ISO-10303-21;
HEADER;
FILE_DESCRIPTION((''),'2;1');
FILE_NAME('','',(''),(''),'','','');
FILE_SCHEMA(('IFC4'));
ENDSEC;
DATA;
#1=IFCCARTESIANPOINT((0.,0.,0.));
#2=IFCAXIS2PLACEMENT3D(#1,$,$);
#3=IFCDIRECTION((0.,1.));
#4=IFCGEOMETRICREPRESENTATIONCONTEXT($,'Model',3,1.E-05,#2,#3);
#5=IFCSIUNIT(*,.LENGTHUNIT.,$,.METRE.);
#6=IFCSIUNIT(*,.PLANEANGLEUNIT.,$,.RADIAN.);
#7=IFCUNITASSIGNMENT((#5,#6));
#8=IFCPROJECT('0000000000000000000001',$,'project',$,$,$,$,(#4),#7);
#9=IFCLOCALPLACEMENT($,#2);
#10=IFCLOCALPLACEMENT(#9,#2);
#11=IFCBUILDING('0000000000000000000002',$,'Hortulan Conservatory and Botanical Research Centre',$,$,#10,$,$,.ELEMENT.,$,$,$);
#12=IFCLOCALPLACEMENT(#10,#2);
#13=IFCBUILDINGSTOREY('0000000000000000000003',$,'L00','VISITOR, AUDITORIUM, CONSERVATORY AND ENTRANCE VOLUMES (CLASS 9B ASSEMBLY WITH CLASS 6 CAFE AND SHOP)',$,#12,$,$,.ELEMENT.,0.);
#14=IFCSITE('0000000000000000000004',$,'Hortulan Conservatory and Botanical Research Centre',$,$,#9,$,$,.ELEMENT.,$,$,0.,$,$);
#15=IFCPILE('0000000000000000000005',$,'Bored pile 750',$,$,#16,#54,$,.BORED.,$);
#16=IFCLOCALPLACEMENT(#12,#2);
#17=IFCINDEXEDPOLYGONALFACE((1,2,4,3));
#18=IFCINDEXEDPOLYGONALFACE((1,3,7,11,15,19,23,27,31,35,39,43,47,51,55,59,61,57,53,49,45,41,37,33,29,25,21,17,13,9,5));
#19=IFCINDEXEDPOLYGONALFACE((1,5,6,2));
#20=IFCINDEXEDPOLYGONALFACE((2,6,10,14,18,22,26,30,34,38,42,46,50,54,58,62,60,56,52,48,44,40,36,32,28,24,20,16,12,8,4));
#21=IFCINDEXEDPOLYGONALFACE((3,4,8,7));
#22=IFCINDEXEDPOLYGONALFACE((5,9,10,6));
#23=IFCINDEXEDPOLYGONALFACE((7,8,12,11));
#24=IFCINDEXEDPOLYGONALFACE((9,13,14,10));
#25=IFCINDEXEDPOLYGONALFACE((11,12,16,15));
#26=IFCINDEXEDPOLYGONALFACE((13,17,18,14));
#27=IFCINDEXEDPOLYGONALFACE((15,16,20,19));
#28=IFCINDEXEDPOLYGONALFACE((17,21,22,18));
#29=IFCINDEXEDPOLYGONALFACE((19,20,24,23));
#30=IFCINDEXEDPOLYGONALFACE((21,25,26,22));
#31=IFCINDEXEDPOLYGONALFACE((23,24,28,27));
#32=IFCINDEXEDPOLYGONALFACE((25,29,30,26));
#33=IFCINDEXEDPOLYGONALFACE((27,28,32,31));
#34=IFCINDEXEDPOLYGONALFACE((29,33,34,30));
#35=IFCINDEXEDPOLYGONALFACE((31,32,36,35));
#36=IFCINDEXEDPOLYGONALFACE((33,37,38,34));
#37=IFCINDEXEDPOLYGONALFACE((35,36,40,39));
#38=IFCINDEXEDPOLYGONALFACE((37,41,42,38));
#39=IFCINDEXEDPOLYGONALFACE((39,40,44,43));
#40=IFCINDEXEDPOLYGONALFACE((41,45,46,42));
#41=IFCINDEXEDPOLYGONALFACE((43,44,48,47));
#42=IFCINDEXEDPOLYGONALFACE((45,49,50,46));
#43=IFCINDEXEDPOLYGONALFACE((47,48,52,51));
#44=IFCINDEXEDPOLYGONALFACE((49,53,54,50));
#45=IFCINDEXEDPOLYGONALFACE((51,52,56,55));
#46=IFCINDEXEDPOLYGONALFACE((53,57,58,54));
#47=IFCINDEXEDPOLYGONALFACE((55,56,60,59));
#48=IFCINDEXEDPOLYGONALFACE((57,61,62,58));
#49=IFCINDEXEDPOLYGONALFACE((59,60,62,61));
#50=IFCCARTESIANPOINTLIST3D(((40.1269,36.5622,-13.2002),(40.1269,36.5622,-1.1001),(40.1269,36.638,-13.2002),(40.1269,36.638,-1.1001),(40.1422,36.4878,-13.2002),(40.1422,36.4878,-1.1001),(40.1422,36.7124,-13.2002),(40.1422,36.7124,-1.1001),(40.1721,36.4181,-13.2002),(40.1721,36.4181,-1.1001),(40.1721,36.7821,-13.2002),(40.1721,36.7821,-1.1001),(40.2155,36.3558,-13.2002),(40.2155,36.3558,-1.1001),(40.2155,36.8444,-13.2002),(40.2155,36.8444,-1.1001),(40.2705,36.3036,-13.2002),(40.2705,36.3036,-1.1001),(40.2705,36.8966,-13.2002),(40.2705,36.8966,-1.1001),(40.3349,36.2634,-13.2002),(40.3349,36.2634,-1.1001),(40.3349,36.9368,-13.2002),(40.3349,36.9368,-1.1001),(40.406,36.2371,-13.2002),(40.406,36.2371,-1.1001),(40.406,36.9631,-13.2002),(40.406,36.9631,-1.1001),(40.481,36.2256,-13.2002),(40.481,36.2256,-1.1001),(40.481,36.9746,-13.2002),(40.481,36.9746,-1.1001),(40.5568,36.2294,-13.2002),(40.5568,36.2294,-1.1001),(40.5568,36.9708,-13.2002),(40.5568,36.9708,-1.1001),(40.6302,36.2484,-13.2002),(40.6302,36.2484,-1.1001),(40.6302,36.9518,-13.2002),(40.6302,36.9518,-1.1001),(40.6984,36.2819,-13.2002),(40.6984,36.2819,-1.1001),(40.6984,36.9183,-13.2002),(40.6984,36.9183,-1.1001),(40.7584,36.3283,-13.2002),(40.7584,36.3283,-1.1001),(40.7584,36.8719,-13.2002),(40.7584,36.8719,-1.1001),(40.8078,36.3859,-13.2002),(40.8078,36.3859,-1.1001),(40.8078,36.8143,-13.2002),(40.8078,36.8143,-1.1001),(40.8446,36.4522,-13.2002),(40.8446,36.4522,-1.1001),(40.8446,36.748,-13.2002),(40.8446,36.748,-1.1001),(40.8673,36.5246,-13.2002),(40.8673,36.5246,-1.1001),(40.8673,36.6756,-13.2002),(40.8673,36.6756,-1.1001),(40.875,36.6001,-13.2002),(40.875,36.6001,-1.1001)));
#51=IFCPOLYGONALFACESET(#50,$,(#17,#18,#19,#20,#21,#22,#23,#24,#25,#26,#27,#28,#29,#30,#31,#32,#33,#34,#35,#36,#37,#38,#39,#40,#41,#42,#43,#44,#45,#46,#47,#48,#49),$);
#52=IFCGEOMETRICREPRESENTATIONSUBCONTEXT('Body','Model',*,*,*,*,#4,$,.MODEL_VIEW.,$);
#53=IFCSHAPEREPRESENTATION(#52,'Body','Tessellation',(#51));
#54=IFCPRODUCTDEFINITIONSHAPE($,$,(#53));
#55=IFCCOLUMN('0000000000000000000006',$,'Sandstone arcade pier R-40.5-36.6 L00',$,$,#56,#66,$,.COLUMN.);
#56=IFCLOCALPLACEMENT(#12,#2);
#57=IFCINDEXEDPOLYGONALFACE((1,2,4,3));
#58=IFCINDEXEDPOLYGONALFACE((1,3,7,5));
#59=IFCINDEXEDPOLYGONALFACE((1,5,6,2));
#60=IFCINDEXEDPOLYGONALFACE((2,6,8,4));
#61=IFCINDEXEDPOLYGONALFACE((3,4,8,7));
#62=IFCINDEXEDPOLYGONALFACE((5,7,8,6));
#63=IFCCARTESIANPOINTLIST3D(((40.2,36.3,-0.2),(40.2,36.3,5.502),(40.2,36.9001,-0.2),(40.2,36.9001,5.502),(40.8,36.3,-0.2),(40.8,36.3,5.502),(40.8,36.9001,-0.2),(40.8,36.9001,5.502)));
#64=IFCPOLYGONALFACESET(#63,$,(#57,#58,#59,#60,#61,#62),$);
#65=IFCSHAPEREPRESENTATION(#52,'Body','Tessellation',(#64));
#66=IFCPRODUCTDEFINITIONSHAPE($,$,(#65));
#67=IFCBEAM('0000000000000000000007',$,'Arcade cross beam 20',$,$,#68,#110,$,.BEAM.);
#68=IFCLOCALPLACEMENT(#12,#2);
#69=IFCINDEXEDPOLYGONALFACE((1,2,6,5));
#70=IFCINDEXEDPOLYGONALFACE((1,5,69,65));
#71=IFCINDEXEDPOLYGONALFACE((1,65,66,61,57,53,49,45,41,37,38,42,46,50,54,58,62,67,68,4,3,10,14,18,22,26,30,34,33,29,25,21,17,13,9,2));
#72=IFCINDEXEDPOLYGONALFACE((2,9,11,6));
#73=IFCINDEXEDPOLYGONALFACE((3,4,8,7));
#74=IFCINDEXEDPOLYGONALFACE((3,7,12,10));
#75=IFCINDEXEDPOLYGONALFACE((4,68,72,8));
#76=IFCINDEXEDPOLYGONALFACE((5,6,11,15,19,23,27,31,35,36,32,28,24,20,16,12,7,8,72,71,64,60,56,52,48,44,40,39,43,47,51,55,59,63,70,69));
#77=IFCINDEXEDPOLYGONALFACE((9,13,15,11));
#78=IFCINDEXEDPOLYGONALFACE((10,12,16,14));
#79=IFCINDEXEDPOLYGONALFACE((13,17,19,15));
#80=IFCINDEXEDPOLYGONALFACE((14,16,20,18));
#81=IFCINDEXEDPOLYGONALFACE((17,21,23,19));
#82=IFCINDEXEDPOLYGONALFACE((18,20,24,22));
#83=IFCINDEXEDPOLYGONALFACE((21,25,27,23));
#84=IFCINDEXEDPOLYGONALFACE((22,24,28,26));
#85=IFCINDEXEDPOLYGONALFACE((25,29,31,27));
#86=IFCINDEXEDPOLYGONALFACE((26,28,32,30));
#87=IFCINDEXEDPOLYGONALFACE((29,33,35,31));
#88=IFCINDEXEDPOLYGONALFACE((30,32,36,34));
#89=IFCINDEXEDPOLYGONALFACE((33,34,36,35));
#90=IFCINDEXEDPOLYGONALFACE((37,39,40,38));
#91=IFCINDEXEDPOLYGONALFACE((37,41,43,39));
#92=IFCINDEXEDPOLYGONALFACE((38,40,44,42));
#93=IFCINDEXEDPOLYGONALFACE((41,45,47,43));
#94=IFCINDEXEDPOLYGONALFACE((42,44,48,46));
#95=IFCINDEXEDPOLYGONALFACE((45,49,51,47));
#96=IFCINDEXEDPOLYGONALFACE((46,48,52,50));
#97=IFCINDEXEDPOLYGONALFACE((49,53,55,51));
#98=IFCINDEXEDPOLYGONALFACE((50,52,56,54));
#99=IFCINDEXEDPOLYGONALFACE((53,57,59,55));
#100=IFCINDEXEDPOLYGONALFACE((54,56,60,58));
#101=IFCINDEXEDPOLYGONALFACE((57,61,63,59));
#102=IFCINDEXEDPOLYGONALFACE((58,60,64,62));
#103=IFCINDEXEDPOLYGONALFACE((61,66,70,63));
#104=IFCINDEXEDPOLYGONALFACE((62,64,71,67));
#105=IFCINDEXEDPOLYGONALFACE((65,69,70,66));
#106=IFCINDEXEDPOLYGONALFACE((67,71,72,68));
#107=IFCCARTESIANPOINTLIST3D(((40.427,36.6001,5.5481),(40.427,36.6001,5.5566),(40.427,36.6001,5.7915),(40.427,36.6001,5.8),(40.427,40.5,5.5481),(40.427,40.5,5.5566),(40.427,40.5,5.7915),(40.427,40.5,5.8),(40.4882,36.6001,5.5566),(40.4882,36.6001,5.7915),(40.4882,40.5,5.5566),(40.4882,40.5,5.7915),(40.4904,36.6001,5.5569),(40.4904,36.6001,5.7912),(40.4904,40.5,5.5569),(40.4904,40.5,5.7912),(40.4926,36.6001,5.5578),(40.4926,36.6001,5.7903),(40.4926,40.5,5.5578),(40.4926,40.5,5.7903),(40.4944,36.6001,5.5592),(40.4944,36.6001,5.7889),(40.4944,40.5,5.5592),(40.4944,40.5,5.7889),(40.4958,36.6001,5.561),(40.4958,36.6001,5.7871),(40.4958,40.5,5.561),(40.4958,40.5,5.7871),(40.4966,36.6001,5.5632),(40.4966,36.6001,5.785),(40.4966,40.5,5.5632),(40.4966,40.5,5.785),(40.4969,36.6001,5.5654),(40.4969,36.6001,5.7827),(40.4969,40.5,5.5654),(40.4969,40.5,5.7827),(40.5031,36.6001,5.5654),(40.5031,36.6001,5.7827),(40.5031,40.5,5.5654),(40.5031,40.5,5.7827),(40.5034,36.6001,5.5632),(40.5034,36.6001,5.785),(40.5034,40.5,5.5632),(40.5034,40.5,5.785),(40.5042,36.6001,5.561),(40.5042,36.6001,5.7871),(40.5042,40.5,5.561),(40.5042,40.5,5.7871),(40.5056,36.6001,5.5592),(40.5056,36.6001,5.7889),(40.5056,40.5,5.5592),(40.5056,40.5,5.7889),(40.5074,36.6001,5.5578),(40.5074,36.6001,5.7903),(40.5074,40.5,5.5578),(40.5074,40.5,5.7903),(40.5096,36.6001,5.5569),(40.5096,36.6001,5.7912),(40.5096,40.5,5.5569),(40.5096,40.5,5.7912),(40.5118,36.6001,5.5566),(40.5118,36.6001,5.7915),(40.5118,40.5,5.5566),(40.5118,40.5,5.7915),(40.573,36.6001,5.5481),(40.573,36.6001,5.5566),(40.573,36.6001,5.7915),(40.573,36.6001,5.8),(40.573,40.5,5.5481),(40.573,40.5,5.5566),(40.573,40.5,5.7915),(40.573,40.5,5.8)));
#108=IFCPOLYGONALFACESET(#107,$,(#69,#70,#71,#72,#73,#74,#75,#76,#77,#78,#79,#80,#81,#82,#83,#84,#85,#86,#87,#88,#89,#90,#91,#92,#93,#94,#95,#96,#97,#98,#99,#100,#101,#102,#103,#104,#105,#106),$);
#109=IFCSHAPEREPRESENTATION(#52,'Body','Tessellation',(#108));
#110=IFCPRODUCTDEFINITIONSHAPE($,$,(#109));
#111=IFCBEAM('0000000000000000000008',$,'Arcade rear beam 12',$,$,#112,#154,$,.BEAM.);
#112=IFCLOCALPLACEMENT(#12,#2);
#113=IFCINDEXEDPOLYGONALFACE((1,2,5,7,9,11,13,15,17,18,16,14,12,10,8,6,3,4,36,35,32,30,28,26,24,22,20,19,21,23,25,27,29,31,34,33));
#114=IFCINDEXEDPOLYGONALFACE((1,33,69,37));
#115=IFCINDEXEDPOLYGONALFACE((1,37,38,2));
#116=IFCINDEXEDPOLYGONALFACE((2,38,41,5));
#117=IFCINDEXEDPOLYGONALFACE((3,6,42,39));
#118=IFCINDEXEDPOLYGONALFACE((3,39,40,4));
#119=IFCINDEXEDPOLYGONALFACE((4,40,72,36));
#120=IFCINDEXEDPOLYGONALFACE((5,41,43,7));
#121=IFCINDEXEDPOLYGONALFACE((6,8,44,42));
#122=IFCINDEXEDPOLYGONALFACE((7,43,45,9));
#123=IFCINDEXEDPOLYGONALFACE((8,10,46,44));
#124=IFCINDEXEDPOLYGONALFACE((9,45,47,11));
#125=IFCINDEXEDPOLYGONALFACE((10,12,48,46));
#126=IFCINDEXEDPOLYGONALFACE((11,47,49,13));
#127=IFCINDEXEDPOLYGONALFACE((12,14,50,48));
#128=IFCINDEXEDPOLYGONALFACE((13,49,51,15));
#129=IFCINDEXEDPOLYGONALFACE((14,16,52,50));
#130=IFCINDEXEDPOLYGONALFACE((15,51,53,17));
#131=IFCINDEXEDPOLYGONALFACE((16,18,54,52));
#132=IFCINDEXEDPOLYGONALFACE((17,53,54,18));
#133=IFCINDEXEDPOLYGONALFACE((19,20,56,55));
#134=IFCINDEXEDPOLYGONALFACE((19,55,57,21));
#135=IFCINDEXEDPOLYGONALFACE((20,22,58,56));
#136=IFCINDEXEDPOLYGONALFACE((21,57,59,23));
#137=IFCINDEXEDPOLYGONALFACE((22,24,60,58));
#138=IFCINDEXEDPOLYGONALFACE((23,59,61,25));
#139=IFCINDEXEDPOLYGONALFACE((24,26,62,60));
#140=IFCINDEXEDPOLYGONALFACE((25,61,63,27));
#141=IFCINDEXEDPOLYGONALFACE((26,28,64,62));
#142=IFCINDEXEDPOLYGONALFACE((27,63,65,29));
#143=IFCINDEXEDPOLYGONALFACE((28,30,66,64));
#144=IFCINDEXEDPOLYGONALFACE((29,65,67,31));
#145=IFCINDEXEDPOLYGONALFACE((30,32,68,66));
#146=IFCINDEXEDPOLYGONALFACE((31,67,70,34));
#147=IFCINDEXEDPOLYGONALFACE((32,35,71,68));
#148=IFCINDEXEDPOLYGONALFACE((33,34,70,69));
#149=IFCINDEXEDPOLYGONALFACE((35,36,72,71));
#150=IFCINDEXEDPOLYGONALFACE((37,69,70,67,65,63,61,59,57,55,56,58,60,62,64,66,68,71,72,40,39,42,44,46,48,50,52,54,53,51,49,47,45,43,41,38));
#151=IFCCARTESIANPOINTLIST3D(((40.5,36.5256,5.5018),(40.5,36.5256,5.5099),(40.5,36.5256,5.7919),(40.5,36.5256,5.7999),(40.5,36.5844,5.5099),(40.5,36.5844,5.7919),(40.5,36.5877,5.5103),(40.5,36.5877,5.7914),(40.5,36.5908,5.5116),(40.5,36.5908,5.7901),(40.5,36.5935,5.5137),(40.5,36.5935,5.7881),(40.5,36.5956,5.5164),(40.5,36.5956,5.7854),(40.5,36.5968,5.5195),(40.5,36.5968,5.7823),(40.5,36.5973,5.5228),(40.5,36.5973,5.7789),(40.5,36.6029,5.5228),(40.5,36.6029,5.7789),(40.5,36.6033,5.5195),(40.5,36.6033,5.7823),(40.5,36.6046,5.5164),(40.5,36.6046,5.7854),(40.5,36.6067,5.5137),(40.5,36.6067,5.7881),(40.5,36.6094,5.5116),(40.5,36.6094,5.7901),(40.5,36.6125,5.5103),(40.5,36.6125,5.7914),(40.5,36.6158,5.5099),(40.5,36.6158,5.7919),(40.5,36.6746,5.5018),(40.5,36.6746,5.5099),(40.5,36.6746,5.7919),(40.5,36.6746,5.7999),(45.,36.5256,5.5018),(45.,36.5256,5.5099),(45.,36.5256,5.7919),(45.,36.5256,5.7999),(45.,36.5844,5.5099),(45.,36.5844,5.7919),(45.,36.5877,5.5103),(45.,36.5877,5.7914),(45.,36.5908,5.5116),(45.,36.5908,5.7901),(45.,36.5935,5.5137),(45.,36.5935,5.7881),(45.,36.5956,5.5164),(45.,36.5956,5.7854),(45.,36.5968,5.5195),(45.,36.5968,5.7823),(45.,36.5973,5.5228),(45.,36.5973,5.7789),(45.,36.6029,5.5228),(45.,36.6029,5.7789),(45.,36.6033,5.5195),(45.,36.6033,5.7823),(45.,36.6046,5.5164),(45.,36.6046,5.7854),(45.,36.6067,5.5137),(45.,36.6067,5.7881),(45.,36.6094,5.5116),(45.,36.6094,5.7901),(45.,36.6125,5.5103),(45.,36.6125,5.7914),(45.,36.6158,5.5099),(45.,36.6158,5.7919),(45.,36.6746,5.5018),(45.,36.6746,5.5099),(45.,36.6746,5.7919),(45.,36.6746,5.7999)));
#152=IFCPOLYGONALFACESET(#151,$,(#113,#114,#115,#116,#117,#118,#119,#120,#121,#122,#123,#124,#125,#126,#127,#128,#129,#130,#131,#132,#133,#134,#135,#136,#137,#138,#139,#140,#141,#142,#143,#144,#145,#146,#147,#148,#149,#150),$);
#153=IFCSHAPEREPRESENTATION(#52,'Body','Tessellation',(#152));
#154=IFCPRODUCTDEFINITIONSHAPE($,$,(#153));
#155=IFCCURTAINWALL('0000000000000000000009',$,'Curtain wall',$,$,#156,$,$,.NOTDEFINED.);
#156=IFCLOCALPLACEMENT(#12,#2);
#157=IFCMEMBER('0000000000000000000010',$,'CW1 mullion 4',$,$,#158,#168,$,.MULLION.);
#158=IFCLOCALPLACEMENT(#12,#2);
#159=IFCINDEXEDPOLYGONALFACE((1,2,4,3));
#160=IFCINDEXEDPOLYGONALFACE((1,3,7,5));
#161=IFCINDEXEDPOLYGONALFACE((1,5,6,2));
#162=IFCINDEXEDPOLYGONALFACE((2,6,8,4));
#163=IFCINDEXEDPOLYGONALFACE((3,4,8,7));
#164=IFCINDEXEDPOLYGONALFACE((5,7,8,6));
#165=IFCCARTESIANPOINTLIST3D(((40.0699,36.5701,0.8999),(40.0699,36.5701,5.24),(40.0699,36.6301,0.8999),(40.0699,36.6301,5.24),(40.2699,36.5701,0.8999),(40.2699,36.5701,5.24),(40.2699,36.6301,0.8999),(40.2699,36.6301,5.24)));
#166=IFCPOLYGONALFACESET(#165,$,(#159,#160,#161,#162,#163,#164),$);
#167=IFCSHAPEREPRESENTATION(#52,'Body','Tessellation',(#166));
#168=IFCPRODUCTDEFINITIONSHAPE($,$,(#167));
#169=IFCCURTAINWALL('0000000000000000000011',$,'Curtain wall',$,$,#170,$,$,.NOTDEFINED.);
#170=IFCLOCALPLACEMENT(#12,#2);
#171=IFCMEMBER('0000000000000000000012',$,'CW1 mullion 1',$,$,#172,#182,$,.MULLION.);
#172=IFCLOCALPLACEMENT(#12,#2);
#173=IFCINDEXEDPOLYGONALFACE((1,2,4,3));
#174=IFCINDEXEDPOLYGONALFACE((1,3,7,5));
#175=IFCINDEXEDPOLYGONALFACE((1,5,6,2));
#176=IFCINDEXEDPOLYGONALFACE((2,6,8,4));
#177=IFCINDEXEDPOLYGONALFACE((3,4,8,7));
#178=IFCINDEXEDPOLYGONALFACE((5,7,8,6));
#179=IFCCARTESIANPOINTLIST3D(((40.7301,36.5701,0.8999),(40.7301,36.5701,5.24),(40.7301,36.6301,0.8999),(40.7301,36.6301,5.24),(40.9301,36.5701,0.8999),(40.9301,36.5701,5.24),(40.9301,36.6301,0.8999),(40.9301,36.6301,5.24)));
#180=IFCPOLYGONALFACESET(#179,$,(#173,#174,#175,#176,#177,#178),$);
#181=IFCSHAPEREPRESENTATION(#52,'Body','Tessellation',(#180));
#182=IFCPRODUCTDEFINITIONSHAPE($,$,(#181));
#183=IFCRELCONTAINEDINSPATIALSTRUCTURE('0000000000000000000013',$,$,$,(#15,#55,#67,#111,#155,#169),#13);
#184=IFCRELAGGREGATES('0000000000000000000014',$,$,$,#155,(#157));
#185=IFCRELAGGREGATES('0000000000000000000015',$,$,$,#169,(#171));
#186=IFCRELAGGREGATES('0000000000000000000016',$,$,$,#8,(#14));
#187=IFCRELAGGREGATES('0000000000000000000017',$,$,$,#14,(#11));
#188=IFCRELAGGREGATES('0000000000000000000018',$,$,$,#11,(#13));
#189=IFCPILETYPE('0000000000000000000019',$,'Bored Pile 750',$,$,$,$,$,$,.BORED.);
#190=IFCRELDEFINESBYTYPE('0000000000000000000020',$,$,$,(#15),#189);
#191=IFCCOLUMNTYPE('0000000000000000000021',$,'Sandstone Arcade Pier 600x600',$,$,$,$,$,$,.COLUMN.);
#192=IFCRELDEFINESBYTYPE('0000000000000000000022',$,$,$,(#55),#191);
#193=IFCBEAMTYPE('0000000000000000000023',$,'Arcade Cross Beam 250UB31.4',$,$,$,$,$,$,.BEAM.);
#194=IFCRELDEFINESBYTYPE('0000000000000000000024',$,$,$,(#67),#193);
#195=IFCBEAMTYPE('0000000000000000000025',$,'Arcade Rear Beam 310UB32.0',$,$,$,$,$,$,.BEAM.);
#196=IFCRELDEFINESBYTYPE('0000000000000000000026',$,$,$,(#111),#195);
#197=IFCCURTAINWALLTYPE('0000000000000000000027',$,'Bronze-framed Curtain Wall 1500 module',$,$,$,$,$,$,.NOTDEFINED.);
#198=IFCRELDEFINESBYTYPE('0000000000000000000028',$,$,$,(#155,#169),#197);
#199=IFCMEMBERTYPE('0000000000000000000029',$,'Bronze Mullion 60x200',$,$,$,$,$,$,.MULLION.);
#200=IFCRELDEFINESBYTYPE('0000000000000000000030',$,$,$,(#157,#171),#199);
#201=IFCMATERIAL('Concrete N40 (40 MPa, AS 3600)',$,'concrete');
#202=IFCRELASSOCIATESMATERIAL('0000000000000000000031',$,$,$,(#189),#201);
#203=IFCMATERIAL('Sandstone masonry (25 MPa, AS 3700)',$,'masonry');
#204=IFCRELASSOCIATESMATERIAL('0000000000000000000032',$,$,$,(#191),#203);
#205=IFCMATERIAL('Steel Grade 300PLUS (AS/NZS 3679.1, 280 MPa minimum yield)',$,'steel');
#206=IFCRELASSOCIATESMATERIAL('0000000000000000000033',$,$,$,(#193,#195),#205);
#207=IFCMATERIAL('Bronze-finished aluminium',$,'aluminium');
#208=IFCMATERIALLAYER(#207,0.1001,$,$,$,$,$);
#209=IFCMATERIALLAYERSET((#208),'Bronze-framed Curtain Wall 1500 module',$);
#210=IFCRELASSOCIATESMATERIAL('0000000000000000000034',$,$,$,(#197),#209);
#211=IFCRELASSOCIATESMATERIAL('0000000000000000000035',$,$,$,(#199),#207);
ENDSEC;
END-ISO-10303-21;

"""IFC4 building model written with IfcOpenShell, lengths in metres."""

from ifc_helpers import new_model, si_unit, direction, frame, origin, origin_2d, place, context, subcontext, project, spatial, rectangle, circle, i_section, extrude, material, layer, layer_set, material_profile, profile_set, type_object, element, aggregate, save


model = new_model("IFC4")

# Units and contexts
model_context = context("Model", 3, precision=1e-05, world=origin(), true_north=direction((0.0, 1.0)))
body_context = subcontext(model_context, "Body", "Model", "MODEL_VIEW")
ifc_project = project(units=[si_unit("LENGTHUNIT", "METRE"), si_unit("PLANEANGLEUNIT", "RADIAN")], contexts=[model_context])

# Site, building, storey
site_placement = place(None, origin())
site = spatial("IfcSite", under=ifc_project, at=site_placement, Name="Hortulan Conservatory and Botanical Research Centre", CompositionType="ELEMENT", RefElevation=0.0)
building_placement = place(site_placement, origin())
building = spatial("IfcBuilding", under=site, at=building_placement, Name="Hortulan Conservatory and Botanical Research Centre", CompositionType="ELEMENT")
storey_placement = place(building_placement, origin())
storey = spatial("IfcBuildingStorey", under=building, at=storey_placement, Name="L00", Description="VISITOR, AUDITORIUM, CONSERVATORY AND ENTRANCE VOLUMES (CLASS 9B ASSEMBLY WITH CLASS 6 CAFE AND SHOP)", CompositionType="ELEMENT", Elevation=0.0)

# Pile
ifc_material_1 = material(Name="Concrete N40 (40 MPa, AS 3600)", Category="concrete")
ifc_material_profile_1 = material_profile(ifc_material_1, circle(Radius=0.375, at=origin_2d()), Name="Bored pile 750 diameter")
ifc_profile_set_1 = profile_set([ifc_material_profile_1], Name="Concrete N40 (40 MPa, AS 3600)")
pile_type = type_object("IfcPileType", Name="Bored Pile 750", PredefinedType="BORED", material=ifc_profile_set_1)
pile_placement = place(storey_placement, frame((40.5, 36.6001, -1.1001), z_axis=(0.0, 0.0, -1.0), x_axis=(1.0, 0.0, 0.0)))
element("IfcPile", 1, at=pile_placement, inside=storey, type_object=pile_type, Name="Bored pile 750", PredefinedType="BORED", context=body_context, shape_type="SweptSolid", body=[
    extrude(circle(Radius=0.375, at=origin_2d()), origin(), (0.0, 0.0, 1.0), 12.1001),
])

# Column
ifc_material_2 = material(Name="Sandstone masonry (25 MPa, AS 3700)", Category="masonry")
ifc_material_profile_2 = material_profile(ifc_material_2, rectangle(XDim=0.6001, YDim=0.6001, at=origin_2d()), Name="Square pier 600")
ifc_profile_set_2 = profile_set([ifc_material_profile_2], Name="Sandstone masonry (25 MPa, AS 3700)")
column_type = type_object("IfcColumnType", Name="Sandstone Arcade Pier 600x600", PredefinedType="COLUMN", material=ifc_profile_set_2)
column_placement = place(storey_placement, frame((40.5, 36.6001, -0.2), z_axis=(0.0, 0.0, 1.0), x_axis=(1.0, 0.0, 0.0)))
element("IfcColumn", 2, at=column_placement, inside=storey, type_object=column_type, Name="Sandstone arcade pier R-40.5-36.6 L00", PredefinedType="COLUMN", context=body_context, shape_type="SweptSolid", body=[
    extrude(rectangle(XDim=0.6001, YDim=0.6001, at=origin_2d()), origin(), (0.0, 0.0, 1.0), 5.7019),
])

# Beams
ifc_material_3 = material(Name="Steel Grade 300PLUS (AS/NZS 3679.1, 280 MPa minimum yield)", Category="steel")
ifc_material_profile_3 = material_profile(ifc_material_3, i_section(OverallWidth=0.146, OverallDepth=0.252, WebThickness=0.0061, FlangeThickness=0.0085, FilletRadius=0.0088, at=origin_2d()), Name="250UB31.4")
ifc_profile_set_3 = profile_set([ifc_material_profile_3], Name="Steel Grade 300PLUS (AS/NZS 3679.1, 280 MPa minimum yield)")
beam_type_1 = type_object("IfcBeamType", Name="Arcade Cross Beam 250UB31.4", PredefinedType="BEAM", material=ifc_profile_set_3)
beam_1_placement = place(storey_placement, frame((40.5, 36.6001, 5.6741), z_axis=(0.0, 1.0, 0.0), x_axis=(-1.0, 0.0, 0.0)))
element("IfcBeam", 3, at=beam_1_placement, inside=storey, type_object=beam_type_1, Name="Arcade cross beam 20", PredefinedType="BEAM", context=body_context, shape_type="SweptSolid", body=[
    extrude(i_section(OverallWidth=0.146, OverallDepth=0.252, WebThickness=0.0061, FlangeThickness=0.0085, FilletRadius=0.0088, at=origin_2d()), origin(), (0.0, 0.0, 1.0), 3.8999),
])
ifc_material_profile_4 = material_profile(ifc_material_3, i_section(OverallWidth=0.1489, OverallDepth=0.2981, WebThickness=0.0056, FlangeThickness=0.0081, FilletRadius=0.0129, at=origin_2d()), Name="310UB32.0")
ifc_profile_set_4 = profile_set([ifc_material_profile_4], Name="Steel Grade 300PLUS (AS/NZS 3679.1, 280 MPa minimum yield)")
beam_type_2 = type_object("IfcBeamType", Name="Arcade Rear Beam 310UB32.0", PredefinedType="BEAM", material=ifc_profile_set_4)
beam_2_placement = place(storey_placement, frame((40.5, 36.6001, 5.6509), z_axis=(1.0, 0.0, 0.0), x_axis=(0.0, 1.0, 0.0)))
element("IfcBeam", 4, at=beam_2_placement, inside=storey, type_object=beam_type_2, Name="Arcade rear beam 12", PredefinedType="BEAM", context=body_context, shape_type="SweptSolid", body=[
    extrude(i_section(OverallWidth=0.1489, OverallDepth=0.2981, WebThickness=0.0056, FlangeThickness=0.0081, FilletRadius=0.0129, at=origin_2d()), origin(), (0.0, 0.0, 1.0), 4.5),
])

# Curtain wall, member
ifc_material_4 = material(Name="Bronze-finished aluminium", Category="aluminium")
ifc_layer_1 = layer(ifc_material_4, 0.1001)
ifc_layer_set_1 = layer_set([ifc_layer_1], Name="Bronze-framed Curtain Wall 1500 module")
curtain_wall_type = type_object("IfcCurtainWallType", Name="Bronze-framed Curtain Wall 1500 module", PredefinedType="NOTDEFINED", material=ifc_layer_set_1)
curtain_wall_1_placement = place(storey_placement, origin())
curtain_wall_1 = element("IfcCurtainWall", 5, at=curtain_wall_1_placement, inside=storey, type_object=curtain_wall_type, Name="Curtain wall", PredefinedType="NOTDEFINED")
ifc_material_profile_5 = material_profile(ifc_material_4, rectangle(XDim=0.0601, YDim=0.2, at=origin_2d()), Name="Bronze Mullion 60x200")
ifc_profile_set_5 = profile_set([ifc_material_profile_5], Name="Bronze-finished aluminium")
member_type_1 = type_object("IfcMemberType", Name="Bronze Mullion 60x200", PredefinedType="MULLION", material=ifc_profile_set_5)
member_1_placement = place(storey_placement, frame((40.1699, 36.6001, 0.8999), z_axis=(0.0, 0.0, 1.0), x_axis=(0.0, 1.0, 0.0)))
member_1 = element("IfcMember", 6, at=member_1_placement, type_object=member_type_1, Name="CW1 mullion 4", PredefinedType="MULLION", context=body_context, shape_type="SweptSolid", body=[
    extrude(rectangle(XDim=0.0601, YDim=0.2, at=origin_2d()), origin(), (0.0, 0.0, 1.0), 4.3401),
])

# Curtain wall, member
curtain_wall_2_placement = place(storey_placement, origin())
curtain_wall_2 = element("IfcCurtainWall", 7, at=curtain_wall_2_placement, inside=storey, type_object=curtain_wall_type, Name="Curtain wall", PredefinedType="NOTDEFINED")
member_2_placement = place(storey_placement, frame((40.8301, 36.6001, 0.8999), z_axis=(0.0, 0.0, 1.0), x_axis=(0.0, 1.0, 0.0)))
member_2 = element("IfcMember", 8, at=member_2_placement, type_object=member_type_1, Name="CW1 mullion 1", PredefinedType="MULLION", context=body_context, shape_type="SweptSolid", body=[
    extrude(rectangle(XDim=0.0601, YDim=0.2, at=origin_2d()), origin(), (0.0, 0.0, 1.0), 4.3401),
])

aggregate(curtain_wall_1, [member_1])
aggregate(curtain_wall_2, [member_2])

save(model, "model.ifc")
